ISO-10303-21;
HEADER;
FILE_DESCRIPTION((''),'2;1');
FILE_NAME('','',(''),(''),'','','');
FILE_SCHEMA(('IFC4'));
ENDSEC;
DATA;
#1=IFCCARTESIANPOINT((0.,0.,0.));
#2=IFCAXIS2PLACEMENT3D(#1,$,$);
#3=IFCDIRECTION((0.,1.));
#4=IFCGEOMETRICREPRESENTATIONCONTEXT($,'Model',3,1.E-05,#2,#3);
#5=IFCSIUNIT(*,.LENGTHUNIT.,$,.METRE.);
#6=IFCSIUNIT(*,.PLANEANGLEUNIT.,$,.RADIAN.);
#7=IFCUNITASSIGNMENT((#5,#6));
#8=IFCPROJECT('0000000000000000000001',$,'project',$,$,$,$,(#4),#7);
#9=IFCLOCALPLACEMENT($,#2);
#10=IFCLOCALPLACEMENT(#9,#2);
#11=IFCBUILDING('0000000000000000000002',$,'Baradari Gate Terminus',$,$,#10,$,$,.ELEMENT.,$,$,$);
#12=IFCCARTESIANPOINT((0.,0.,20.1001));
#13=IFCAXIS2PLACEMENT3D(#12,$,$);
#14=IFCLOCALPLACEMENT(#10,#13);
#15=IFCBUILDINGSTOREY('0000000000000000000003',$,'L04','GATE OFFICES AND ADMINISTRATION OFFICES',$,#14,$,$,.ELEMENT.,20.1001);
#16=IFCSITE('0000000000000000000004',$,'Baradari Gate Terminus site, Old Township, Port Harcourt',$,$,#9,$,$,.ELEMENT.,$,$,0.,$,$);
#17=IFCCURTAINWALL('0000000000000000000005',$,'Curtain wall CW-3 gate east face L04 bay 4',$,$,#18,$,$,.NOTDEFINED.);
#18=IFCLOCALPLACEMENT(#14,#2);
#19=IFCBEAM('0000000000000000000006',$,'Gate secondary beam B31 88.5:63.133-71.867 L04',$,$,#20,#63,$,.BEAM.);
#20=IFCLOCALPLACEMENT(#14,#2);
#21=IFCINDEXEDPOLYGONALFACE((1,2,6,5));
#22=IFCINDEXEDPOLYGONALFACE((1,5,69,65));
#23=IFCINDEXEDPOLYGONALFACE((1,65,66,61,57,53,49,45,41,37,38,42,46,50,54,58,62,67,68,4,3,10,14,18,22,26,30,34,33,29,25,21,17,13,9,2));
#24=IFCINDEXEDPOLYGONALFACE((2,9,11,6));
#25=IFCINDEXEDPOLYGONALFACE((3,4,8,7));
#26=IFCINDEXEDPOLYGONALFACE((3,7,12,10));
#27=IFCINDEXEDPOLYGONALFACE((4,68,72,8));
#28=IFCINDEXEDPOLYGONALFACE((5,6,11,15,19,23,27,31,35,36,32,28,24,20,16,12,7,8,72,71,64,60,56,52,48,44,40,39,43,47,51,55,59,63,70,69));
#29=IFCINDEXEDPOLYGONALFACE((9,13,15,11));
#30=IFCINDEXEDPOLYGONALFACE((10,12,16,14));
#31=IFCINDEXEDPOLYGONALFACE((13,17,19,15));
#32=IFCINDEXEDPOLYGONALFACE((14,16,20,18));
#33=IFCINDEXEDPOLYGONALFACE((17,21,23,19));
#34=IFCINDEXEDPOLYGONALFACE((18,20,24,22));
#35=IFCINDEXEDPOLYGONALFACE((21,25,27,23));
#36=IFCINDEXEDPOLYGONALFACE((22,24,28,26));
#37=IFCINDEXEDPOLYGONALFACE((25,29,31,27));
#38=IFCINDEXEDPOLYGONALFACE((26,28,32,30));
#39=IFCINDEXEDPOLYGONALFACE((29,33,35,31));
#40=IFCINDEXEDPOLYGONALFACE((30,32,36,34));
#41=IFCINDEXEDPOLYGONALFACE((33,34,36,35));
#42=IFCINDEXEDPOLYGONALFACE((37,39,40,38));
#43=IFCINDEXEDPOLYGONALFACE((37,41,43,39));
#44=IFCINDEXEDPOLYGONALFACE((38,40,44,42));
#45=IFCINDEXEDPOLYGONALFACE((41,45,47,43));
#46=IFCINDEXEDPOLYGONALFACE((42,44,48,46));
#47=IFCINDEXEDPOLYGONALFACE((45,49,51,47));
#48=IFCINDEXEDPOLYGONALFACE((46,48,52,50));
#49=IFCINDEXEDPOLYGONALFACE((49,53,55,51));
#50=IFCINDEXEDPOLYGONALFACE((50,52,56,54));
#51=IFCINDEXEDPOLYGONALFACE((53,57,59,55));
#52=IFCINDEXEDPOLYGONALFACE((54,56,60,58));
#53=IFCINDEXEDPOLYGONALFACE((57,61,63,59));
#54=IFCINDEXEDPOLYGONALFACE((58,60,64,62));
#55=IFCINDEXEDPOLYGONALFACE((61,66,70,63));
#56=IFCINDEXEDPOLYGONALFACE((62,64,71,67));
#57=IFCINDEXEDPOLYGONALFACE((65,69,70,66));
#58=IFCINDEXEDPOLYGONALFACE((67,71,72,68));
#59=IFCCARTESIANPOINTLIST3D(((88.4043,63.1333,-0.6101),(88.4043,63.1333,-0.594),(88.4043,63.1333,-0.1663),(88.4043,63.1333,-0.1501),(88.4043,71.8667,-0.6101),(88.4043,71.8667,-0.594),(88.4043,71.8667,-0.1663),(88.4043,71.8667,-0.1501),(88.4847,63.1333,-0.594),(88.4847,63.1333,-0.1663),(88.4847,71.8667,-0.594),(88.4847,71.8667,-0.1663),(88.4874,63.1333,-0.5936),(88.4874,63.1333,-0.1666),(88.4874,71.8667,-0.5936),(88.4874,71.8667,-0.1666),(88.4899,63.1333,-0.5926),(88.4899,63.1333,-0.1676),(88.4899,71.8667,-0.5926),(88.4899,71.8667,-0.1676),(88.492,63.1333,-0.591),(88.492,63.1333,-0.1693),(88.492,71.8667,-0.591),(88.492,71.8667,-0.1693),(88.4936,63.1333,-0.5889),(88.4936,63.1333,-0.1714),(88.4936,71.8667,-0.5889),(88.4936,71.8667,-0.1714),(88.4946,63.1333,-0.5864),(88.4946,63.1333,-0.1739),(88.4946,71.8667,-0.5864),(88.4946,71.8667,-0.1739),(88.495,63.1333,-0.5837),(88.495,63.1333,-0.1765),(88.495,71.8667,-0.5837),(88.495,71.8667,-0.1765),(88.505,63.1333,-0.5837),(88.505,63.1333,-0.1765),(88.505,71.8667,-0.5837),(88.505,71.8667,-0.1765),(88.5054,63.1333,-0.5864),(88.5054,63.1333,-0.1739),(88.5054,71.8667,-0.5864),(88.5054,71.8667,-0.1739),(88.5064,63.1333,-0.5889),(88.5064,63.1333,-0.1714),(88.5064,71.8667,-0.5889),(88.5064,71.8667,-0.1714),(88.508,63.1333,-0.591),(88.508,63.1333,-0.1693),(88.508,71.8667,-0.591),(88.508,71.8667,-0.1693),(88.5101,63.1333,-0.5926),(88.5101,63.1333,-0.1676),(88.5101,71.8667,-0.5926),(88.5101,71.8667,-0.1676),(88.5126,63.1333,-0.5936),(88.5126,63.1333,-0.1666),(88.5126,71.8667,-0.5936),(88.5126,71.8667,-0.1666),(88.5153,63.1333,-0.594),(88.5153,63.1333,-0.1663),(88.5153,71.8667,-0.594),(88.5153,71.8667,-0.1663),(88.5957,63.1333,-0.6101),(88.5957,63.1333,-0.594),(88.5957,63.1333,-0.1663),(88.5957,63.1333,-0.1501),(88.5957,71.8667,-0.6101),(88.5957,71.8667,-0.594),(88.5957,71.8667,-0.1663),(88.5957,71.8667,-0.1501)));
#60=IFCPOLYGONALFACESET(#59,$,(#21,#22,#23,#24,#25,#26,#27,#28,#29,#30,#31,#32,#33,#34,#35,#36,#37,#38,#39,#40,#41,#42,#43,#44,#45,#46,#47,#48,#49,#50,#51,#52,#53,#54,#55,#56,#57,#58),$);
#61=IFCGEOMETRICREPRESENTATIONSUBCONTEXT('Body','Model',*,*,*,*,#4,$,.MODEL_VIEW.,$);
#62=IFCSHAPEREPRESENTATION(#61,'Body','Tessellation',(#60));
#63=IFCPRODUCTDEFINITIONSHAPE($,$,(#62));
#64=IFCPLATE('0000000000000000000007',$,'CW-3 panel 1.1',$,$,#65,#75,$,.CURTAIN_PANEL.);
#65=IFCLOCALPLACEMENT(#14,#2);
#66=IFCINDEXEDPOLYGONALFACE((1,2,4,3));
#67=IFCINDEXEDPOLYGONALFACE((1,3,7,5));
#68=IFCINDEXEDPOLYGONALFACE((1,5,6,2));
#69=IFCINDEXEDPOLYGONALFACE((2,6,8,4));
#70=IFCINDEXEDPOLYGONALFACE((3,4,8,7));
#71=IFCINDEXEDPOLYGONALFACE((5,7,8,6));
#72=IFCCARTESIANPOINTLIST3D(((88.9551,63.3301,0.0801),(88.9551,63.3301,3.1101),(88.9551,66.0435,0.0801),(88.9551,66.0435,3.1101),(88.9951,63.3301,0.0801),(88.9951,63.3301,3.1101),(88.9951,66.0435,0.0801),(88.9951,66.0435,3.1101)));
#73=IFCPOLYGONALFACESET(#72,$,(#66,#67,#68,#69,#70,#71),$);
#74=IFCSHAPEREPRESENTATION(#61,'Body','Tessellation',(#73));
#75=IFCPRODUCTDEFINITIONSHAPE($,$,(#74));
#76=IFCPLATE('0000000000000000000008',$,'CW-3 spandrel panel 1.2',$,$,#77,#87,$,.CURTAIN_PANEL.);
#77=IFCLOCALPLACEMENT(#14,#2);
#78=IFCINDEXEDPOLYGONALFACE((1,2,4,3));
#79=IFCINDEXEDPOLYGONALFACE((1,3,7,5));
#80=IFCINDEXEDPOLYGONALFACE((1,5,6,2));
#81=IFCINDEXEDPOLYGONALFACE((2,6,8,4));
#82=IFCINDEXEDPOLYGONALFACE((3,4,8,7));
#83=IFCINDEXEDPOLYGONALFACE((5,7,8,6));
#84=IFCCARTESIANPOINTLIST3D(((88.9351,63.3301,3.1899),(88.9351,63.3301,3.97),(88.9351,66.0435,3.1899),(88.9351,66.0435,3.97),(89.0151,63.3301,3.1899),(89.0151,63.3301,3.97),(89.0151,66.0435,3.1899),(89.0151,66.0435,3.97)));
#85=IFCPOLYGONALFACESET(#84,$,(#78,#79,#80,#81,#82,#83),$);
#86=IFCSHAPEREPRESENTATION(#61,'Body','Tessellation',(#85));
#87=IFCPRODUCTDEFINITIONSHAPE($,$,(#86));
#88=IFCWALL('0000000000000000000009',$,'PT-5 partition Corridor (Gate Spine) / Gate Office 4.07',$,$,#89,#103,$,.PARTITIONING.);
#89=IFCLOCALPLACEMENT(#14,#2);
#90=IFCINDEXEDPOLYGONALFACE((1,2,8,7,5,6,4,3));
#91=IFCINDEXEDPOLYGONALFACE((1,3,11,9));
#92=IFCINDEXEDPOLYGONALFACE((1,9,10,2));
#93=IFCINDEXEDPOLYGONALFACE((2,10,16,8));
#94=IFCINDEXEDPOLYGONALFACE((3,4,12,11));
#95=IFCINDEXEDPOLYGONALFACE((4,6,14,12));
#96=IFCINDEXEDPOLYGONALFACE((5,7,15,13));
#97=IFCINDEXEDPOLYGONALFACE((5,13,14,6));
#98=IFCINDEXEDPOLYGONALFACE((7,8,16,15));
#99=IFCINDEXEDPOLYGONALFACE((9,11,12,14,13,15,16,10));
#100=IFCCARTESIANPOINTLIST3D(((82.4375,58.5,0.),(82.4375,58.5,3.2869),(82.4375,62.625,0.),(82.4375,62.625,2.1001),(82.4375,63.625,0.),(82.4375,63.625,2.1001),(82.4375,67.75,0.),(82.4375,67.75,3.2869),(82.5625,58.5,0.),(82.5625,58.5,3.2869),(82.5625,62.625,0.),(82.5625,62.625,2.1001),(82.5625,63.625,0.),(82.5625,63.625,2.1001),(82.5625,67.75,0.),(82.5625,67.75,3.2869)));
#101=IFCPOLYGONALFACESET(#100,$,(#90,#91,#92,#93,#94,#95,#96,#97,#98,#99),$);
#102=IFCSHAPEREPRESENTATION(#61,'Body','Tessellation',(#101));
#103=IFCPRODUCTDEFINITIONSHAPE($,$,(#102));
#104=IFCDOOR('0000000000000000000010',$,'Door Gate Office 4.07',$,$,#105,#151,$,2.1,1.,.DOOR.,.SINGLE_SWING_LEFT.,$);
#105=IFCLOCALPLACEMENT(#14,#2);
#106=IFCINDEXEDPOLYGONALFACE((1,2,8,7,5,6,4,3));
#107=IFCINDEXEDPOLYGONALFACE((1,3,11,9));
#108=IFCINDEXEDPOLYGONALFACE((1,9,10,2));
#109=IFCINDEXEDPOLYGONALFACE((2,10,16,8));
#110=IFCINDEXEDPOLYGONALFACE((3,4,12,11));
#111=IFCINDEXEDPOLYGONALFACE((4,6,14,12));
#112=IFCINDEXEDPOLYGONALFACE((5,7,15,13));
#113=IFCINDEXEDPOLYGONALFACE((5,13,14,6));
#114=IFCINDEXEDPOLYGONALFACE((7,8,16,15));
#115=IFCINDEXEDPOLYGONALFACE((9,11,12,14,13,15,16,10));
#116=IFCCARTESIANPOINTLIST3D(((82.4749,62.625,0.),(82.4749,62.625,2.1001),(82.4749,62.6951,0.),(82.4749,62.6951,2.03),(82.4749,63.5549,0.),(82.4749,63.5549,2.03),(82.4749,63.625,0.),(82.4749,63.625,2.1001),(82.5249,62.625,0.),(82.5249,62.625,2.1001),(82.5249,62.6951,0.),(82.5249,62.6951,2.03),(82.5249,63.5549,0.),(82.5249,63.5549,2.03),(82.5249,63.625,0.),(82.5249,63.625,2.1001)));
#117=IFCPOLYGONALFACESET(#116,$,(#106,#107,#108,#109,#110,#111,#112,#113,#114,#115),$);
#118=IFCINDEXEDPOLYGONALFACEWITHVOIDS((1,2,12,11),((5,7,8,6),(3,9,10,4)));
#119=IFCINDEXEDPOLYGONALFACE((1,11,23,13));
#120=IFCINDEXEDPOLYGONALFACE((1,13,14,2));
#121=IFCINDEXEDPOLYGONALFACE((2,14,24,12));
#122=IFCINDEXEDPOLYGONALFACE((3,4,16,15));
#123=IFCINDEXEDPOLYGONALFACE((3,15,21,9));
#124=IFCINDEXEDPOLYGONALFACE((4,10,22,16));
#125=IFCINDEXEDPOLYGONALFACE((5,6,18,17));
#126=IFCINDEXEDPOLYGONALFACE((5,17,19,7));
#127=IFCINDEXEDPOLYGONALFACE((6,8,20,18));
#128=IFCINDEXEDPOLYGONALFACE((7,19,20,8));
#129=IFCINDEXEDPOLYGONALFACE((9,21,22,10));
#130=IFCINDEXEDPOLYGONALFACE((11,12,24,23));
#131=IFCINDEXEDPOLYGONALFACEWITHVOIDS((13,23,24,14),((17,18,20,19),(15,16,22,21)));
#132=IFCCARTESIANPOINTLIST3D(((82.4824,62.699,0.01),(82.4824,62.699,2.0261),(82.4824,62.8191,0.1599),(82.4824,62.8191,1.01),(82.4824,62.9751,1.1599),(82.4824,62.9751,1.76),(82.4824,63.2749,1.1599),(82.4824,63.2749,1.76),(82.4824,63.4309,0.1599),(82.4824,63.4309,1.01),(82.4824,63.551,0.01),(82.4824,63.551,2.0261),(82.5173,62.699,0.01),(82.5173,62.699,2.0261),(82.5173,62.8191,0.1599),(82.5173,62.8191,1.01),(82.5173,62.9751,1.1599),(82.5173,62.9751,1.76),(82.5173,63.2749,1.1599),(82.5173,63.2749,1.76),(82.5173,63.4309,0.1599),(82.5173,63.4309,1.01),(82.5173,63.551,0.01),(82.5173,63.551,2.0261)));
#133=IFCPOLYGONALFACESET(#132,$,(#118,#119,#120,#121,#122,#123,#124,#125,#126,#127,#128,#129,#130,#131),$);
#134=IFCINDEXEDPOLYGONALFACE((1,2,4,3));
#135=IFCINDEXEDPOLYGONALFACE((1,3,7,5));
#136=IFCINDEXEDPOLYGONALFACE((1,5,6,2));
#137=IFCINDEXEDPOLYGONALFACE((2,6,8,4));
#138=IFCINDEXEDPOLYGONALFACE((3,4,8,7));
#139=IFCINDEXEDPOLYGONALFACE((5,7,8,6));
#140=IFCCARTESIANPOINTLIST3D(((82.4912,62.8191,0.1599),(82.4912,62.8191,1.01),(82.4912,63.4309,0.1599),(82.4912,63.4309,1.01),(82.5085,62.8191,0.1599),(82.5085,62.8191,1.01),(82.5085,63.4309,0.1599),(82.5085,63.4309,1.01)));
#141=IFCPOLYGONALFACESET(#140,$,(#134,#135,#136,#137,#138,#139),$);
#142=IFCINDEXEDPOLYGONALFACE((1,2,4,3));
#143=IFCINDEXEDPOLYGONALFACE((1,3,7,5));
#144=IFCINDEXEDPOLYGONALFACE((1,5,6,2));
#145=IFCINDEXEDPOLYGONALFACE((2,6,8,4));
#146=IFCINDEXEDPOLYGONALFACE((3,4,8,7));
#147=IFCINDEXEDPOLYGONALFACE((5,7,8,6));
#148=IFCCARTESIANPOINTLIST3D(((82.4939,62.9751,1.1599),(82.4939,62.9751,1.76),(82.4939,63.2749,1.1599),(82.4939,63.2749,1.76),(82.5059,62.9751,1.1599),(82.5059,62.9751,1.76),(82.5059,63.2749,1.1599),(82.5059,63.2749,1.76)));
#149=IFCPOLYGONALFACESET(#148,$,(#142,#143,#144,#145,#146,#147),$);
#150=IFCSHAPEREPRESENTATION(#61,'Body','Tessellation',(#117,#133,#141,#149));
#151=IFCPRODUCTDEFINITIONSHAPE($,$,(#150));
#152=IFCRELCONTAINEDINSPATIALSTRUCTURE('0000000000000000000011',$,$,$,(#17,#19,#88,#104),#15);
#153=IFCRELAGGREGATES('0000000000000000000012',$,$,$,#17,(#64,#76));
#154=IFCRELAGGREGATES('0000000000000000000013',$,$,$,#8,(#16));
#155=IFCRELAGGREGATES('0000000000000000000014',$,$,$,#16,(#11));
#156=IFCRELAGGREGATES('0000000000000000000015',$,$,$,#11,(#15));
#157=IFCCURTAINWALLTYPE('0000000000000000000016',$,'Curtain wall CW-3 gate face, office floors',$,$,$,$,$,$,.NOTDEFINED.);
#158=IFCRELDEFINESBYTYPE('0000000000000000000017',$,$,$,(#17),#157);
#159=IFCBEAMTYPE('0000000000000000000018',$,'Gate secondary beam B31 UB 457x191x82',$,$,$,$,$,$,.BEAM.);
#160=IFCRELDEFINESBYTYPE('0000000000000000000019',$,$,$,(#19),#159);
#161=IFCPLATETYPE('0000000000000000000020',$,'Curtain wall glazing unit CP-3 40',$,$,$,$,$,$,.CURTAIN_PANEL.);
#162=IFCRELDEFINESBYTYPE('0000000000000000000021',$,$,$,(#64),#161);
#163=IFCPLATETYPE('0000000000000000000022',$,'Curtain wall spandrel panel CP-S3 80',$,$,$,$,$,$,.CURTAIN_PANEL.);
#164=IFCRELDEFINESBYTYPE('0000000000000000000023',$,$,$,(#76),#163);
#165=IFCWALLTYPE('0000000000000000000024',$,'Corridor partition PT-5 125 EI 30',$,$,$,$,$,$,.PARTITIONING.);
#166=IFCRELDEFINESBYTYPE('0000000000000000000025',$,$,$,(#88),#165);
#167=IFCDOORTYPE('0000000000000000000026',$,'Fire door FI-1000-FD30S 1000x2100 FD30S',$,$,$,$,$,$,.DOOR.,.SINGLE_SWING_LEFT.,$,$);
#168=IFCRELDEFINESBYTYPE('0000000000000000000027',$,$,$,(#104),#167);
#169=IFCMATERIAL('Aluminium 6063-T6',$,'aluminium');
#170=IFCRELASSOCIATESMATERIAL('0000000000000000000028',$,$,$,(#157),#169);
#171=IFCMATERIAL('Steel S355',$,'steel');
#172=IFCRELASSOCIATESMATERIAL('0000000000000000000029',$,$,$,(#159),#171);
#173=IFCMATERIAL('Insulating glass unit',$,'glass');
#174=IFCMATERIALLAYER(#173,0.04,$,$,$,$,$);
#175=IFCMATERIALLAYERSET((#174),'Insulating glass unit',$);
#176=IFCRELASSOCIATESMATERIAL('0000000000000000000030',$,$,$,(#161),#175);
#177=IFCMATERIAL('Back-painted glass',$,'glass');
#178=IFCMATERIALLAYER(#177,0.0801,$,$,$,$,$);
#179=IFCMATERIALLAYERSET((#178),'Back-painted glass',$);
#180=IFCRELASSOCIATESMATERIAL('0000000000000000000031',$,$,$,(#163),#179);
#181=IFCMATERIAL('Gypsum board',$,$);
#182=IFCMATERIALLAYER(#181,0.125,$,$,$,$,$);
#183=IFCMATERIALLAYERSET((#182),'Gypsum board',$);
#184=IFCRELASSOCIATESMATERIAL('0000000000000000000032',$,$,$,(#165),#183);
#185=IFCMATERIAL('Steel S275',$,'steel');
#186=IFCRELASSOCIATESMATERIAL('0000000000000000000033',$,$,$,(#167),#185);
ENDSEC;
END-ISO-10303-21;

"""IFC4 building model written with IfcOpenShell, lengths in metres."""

from ifc_helpers import new_model, si_unit, direction, frame, frame_2d, origin, origin_2d, place, context, subcontext, project, spatial, polyline, rectangle, i_section, outline, extrude, material, layer, layer_set, material_profile, profile_set, type_object, element, fill, aggregate, save


model = new_model("IFC4")

# Units and contexts
model_context = context("Model", 3, precision=1e-05, world=origin(), true_north=direction((0.0, 1.0)))
body_context = subcontext(model_context, "Body", "Model", "MODEL_VIEW")
ifc_project = project(units=[si_unit("LENGTHUNIT", "METRE"), si_unit("PLANEANGLEUNIT", "RADIAN")], contexts=[model_context])

# Site, building, storey
site_placement = place(None, origin())
site = spatial("IfcSite", under=ifc_project, at=site_placement, Name="Baradari Gate Terminus site, Old Township, Port Harcourt", CompositionType="ELEMENT", RefElevation=0.0)
building_placement = place(site_placement, origin())
building = spatial("IfcBuilding", under=site, at=building_placement, Name="Baradari Gate Terminus", CompositionType="ELEMENT")
storey_placement = place(building_placement, frame((0.0, 0.0, 20.1001)))
storey = spatial("IfcBuildingStorey", under=building, at=storey_placement, Name="L04", Description="GATE OFFICES AND ADMINISTRATION OFFICES", CompositionType="ELEMENT", Elevation=20.1001)

# Curtain wall
ifc_material_1 = material(Name="Aluminium 6063-T6", Category="aluminium")
curtain_wall_type = type_object("IfcCurtainWallType", Name="Curtain wall CW-3 gate face, office floors", PredefinedType="NOTDEFINED", material=ifc_material_1)
curtain_wall_placement = place(storey_placement, origin())
curtain_wall = element("IfcCurtainWall", 1, at=curtain_wall_placement, inside=storey, type_object=curtain_wall_type, Name="Curtain wall CW-3 gate east face L04 bay 4", PredefinedType="NOTDEFINED")

# Beam
ifc_material_2 = material(Name="Steel S355", Category="steel")
ifc_material_profile_1 = material_profile(ifc_material_2, i_section(OverallWidth=0.1914, OverallDepth=0.46, WebThickness=0.01, FlangeThickness=0.0161, FilletRadius=0.0103, at=origin_2d()), Name="UB 457x191x82")
ifc_profile_set_1 = profile_set([ifc_material_profile_1], Name="Steel S355")
beam_type_1 = type_object("IfcBeamType", Name="Gate secondary beam B31 UB 457x191x82", PredefinedType="BEAM", material=ifc_profile_set_1)
for number, where, z_axis, x_axis, name in (
    (2, (88.5, 63.1333, -0.3801), (0.0, 1.0, 0.0), (-1.0, 0.0, 0.0), "Gate secondary beam B31 88.5:63.133-71.867 L04"),
):
    element("IfcBeam", number, at=place(storey_placement, frame(where, z_axis=z_axis, x_axis=x_axis)), inside=storey, type_object=beam_type_1, Name=name, PredefinedType="BEAM", context=body_context, shape_type="SweptSolid", body=[
        extrude(i_section(OverallWidth=0.1914, OverallDepth=0.46, WebThickness=0.01, FlangeThickness=0.0161, FilletRadius=0.0103, at=origin_2d()), origin(), (0.0, 0.0, 1.0), 8.7334),
    ])

# Plates
ifc_material_3 = material(Name="Insulating glass unit", Category="glass")
ifc_layer_1 = layer(ifc_material_3, 0.04)
ifc_layer_set_1 = layer_set([ifc_layer_1], Name="Insulating glass unit")
plate_type_1 = type_object("IfcPlateType", Name="Curtain wall glazing unit CP-3 40", PredefinedType="CURTAIN_PANEL", material=ifc_layer_set_1)
plate_1_placement = place(storey_placement, frame((88.9751, 64.6868, 0.0801), z_axis=(0.0, 0.0, 1.0), x_axis=(0.0, 1.0, 0.0)))
plate_1 = element("IfcPlate", 3, at=plate_1_placement, type_object=plate_type_1, Name="CW-3 panel 1.1", PredefinedType="CURTAIN_PANEL", context=body_context, shape_type="SweptSolid", body=[
    extrude(rectangle(XDim=2.7134, YDim=0.04, at=origin_2d()), origin(), (0.0, 0.0, 1.0), 3.03),
])
ifc_material_4 = material(Name="Back-painted glass", Category="glass")
ifc_layer_2 = layer(ifc_material_4, 0.0801)
ifc_layer_set_2 = layer_set([ifc_layer_2], Name="Back-painted glass")
plate_type_2 = type_object("IfcPlateType", Name="Curtain wall spandrel panel CP-S3 80", PredefinedType="CURTAIN_PANEL", material=ifc_layer_set_2)
plate_2_placement = place(storey_placement, frame((88.9751, 64.6868, 3.1899), z_axis=(0.0, 0.0, 1.0), x_axis=(0.0, 1.0, 0.0)))
plate_2 = element("IfcPlate", 4, at=plate_2_placement, type_object=plate_type_2, Name="CW-3 spandrel panel 1.2", PredefinedType="CURTAIN_PANEL", context=body_context, shape_type="SweptSolid", body=[
    extrude(rectangle(XDim=2.7134, YDim=0.0801, at=origin_2d()), origin(), (0.0, 0.0, 1.0), 0.78),
])
aggregate(curtain_wall, [plate_1, plate_2])

# Wall, opening, door
ifc_material_5 = material(Name="Gypsum board")
ifc_layer_3 = layer(ifc_material_5, 0.125)
ifc_layer_set_3 = layer_set([ifc_layer_3], Name="Gypsum board")
wall_type_1 = type_object("IfcWallType", Name="Corridor partition PT-5 125 EI 30", PredefinedType="PARTITIONING", material=ifc_layer_set_3)
wall_1_placement = place(storey_placement, frame((82.5, 67.75, 0.0), z_axis=(0.0, 0.0, 1.0), x_axis=(0.0, -1.0, 0.0)))
wall_1 = element("IfcWall", 5, at=wall_1_placement, inside=storey, type_object=wall_type_1, Name="PT-5 partition Corridor (Gate Spine) / Gate Office 4.07", PredefinedType="PARTITIONING", context=body_context, shape_type="SweptSolid", body=[
    extrude(rectangle(XDim=9.25, YDim=0.125, at=frame_2d((4.625, 0.0))), origin(), (0.0, 0.0, 1.0), 3.2869),
])
opening_1_placement = place(wall_1_placement, frame((4.125, 0.0, 0.0)))
opening_1 = element("IfcOpeningElement", 6, at=opening_1_placement, cuts=wall_1, PredefinedType="OPENING", context=body_context, shape_type="SweptSolid", body=[
    extrude(rectangle(XDim=1.0, YDim=2.1001, at=frame_2d((0.5, 1.05))), frame((0.0, 0.0725, 0.0), z_axis=(0.0, -1.0, 0.0), x_axis=(1.0, 0.0, 0.0)), (0.0, 0.0, 1.0), 0.145),
])
ifc_material_6 = material(Name="Steel S275", Category="steel")
door_type = type_object("IfcDoorType", Name="Fire door FI-1000-FD30S 1000x2100 FD30S", OperationType="SINGLE_SWING_LEFT", PredefinedType="DOOR", material=ifc_material_6)
door_1_placement = place(opening_1_placement, origin())
door_1 = element("IfcDoor", 7, at=door_1_placement, inside=storey, type_object=door_type, Name="Door Gate Office 4.07", OperationType="SINGLE_SWING_LEFT", OverallHeight=2.1, OverallWidth=1.0, PredefinedType="DOOR", context=body_context, shape_type="SweptSolid", body=[
    extrude(outline(polyline([(0.0, 0.0), (0.0701, 0.0), (0.0701, 2.03), (0.9299, 2.03), (0.9299, 0.0), (1.0, 0.0), (1.0, 2.1001), (0.0, 2.1001), (0.0, 0.0)])), frame((0.0, 0.0249, 0.0), z_axis=(0.0, -1.0, 0.0), x_axis=(1.0, 0.0, 0.0)), (0.0, 0.0, 1.0), 0.05),
    extrude(outline(polyline([(0.074, 0.01), (0.926, 0.01), (0.926, 2.0261), (0.074, 2.0261), (0.074, 0.01)]), holes=[polyline([(0.1941, 0.1599), (0.8059, 0.1599), (0.8059, 1.01), (0.1941, 1.01), (0.1941, 0.1599)]), polyline([(0.3501, 1.1599), (0.6499, 1.1599), (0.6499, 1.76), (0.3501, 1.76), (0.3501, 1.1599)])]), frame((0.0, 0.0173, 0.0), z_axis=(0.0, -1.0, 0.0), x_axis=(1.0, 0.0, 0.0)), (0.0, 0.0, 1.0), 0.0349),
    extrude(rectangle(XDim=0.6118, YDim=0.8501, at=frame_2d((0.5, 0.585))), frame((0.0, 0.0085, 0.0), z_axis=(0.0, -1.0, 0.0), x_axis=(1.0, 0.0, 0.0)), (0.0, 0.0, 1.0), 0.0173),
    extrude(rectangle(XDim=0.2998, YDim=0.6001, at=frame_2d((0.5, 1.46))), frame((0.0, 0.0059, 0.0), z_axis=(0.0, -1.0, 0.0), x_axis=(1.0, 0.0, 0.0)), (0.0, 0.0, 1.0), 0.012),
])
fill(opening_1, door_1)

save(model, "model.ifc")
